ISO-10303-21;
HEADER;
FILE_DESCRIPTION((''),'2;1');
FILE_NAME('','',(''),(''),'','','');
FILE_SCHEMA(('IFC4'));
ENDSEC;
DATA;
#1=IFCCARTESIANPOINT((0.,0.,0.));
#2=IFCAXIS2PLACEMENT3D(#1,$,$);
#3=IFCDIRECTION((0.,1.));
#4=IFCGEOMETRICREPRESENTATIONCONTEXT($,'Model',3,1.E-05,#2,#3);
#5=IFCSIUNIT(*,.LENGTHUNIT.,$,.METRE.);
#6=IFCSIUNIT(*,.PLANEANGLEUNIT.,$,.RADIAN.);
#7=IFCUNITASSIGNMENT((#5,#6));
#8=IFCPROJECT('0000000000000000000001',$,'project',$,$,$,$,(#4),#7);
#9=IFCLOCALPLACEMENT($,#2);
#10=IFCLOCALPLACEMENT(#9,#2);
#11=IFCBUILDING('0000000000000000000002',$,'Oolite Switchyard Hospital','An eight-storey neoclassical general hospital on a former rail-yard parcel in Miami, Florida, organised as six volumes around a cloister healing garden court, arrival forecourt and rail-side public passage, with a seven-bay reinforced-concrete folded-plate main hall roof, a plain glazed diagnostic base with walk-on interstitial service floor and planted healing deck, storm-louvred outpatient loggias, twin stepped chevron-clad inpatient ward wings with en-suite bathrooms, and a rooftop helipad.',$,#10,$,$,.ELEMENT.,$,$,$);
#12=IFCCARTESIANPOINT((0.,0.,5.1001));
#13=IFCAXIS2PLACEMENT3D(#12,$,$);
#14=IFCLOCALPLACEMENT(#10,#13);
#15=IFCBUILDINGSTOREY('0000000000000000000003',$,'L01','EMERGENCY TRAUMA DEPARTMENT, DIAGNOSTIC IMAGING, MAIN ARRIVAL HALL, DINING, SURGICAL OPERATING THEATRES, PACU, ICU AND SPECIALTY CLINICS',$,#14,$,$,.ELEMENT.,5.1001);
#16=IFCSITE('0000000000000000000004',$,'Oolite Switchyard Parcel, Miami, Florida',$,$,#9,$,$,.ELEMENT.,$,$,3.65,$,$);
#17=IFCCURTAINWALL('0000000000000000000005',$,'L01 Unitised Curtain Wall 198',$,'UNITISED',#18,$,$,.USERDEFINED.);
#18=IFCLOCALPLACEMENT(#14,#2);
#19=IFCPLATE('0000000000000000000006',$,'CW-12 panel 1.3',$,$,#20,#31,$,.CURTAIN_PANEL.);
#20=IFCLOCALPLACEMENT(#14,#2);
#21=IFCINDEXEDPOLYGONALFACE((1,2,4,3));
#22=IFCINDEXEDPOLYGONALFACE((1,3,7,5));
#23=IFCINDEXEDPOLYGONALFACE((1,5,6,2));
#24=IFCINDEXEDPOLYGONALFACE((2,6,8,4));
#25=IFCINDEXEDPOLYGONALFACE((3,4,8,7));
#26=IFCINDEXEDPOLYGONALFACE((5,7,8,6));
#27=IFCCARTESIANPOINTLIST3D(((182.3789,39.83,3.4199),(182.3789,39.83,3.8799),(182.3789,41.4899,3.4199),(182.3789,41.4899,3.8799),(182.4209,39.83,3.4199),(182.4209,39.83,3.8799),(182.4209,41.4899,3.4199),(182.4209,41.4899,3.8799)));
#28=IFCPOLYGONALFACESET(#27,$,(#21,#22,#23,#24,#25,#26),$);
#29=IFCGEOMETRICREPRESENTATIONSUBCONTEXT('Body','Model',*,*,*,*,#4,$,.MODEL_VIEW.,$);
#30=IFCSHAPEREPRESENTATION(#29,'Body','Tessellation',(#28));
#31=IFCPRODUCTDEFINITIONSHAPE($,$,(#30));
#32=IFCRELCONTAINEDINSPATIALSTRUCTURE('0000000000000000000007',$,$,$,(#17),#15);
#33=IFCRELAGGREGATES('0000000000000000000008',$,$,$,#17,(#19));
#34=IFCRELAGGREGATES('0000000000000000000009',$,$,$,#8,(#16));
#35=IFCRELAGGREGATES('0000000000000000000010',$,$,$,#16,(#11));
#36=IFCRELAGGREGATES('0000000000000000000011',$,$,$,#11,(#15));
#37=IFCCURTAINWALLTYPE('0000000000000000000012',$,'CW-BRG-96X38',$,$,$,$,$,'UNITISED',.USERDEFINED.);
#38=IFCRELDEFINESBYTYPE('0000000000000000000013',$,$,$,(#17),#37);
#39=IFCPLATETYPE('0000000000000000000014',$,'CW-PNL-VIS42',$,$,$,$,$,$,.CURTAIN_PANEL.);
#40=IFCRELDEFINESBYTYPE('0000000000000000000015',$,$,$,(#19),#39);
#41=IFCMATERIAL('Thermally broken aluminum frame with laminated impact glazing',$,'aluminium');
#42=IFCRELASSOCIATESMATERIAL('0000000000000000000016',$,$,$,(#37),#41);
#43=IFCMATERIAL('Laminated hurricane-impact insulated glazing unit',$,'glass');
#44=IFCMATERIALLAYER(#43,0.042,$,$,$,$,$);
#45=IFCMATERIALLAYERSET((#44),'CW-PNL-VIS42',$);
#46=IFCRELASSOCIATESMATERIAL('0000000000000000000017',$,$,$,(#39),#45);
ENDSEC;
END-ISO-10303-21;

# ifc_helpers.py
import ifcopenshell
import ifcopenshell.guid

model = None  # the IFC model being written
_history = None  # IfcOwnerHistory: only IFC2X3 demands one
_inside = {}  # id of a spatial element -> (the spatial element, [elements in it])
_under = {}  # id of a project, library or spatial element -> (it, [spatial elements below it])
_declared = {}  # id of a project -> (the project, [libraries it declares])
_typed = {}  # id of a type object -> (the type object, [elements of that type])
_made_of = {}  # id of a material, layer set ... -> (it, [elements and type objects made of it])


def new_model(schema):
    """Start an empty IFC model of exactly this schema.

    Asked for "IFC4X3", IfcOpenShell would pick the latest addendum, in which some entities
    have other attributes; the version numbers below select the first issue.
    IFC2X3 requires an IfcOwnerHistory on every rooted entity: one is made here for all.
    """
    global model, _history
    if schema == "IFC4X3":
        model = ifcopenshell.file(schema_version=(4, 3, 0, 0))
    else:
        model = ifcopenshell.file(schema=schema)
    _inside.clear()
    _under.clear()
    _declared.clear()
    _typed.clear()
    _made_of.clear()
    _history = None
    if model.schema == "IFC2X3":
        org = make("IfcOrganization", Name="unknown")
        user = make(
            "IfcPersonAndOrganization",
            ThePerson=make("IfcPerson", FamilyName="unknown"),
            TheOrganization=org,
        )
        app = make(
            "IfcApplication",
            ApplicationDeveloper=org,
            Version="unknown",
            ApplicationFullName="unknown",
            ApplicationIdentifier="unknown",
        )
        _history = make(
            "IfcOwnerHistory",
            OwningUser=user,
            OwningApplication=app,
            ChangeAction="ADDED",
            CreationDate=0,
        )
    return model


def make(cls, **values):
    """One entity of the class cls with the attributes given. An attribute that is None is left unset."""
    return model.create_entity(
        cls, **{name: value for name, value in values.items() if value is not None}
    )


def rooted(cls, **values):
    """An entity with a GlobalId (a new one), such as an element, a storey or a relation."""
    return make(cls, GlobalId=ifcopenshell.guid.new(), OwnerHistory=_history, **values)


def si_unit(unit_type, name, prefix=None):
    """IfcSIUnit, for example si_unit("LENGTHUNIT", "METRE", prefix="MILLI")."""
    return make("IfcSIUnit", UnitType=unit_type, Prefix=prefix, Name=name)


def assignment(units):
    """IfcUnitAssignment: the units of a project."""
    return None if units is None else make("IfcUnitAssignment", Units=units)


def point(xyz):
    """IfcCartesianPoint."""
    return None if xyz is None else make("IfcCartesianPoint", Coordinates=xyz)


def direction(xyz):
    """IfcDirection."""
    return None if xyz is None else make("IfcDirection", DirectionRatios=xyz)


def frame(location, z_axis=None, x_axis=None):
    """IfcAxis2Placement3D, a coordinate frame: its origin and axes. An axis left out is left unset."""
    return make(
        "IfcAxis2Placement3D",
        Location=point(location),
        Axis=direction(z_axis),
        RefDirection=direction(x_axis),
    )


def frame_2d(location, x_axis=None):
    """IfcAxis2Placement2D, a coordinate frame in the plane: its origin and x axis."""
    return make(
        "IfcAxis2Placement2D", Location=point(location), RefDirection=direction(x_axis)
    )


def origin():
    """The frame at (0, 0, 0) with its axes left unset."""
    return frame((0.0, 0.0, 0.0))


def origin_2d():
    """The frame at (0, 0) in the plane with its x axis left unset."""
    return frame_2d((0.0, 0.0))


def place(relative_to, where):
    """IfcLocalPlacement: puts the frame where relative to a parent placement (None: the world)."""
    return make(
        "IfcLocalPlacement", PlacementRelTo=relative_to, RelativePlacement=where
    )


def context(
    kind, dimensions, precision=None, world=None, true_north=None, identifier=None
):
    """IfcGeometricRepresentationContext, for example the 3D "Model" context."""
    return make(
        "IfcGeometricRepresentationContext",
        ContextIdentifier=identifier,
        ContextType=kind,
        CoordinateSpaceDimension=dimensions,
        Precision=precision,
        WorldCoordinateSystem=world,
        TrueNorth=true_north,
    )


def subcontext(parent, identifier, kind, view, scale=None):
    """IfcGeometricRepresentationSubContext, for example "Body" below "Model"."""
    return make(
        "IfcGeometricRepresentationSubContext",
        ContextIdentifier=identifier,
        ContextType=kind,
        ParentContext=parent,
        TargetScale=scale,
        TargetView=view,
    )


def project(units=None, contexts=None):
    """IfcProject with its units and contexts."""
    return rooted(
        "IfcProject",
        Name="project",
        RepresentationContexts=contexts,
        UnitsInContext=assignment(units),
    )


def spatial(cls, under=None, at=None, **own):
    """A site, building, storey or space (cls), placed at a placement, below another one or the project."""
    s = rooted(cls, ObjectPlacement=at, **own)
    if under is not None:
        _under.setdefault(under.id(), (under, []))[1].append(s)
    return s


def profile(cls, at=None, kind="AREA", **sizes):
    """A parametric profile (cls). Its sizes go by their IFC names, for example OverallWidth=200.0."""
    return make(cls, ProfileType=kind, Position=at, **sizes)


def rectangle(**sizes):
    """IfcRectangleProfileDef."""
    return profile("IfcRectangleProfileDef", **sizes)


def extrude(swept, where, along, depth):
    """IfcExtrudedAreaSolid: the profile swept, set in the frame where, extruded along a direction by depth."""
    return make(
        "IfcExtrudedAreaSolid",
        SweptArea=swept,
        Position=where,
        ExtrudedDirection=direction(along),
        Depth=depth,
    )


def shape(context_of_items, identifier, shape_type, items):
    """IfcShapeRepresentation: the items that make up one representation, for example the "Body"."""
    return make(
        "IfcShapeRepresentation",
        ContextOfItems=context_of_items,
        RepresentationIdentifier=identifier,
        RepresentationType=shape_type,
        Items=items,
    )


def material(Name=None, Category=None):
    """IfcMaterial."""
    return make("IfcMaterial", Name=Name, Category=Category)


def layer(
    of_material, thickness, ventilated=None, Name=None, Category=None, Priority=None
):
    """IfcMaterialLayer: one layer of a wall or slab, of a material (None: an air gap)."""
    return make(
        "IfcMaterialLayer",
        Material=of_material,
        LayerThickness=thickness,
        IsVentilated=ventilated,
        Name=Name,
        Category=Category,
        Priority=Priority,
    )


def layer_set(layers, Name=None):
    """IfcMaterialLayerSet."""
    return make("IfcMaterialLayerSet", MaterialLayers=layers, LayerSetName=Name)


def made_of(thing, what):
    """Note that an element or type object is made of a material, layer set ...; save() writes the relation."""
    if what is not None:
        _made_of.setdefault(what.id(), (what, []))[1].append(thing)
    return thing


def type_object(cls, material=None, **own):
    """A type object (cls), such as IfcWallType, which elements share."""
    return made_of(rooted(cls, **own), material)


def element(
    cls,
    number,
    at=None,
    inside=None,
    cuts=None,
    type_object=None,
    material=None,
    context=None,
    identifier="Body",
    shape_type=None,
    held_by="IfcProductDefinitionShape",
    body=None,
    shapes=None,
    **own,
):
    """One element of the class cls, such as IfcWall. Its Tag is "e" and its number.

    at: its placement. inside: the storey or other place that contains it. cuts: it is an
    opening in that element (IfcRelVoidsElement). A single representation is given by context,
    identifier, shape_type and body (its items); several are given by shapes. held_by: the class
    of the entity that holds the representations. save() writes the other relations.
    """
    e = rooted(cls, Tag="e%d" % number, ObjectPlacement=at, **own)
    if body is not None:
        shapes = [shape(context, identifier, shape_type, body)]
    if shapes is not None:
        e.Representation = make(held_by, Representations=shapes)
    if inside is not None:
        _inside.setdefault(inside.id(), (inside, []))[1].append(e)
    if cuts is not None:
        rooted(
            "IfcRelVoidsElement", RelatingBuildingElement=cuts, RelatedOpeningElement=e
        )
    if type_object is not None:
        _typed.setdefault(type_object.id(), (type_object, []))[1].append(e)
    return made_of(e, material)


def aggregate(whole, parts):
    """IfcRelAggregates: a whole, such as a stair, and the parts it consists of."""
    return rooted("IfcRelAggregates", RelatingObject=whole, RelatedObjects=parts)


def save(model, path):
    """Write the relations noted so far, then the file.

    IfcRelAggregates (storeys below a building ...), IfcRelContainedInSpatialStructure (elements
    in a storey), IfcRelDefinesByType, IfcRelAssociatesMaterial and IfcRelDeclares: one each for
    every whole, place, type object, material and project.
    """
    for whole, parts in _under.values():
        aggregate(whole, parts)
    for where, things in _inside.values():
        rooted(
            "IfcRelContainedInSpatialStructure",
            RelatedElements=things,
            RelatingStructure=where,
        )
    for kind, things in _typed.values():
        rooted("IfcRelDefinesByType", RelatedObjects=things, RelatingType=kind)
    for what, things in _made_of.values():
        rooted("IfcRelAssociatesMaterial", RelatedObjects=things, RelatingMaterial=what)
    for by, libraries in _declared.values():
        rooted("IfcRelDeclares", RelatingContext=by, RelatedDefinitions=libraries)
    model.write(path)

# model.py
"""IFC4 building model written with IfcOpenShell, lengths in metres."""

from ifc_helpers import new_model, si_unit, direction, frame, origin, origin_2d, place, context, subcontext, project, spatial, rectangle, extrude, material, layer, layer_set, type_object, element, aggregate, save


model = new_model("IFC4")

# Units and contexts
model_context = context("Model", 3, precision=1e-05, world=origin(), true_north=direction((0.0, 1.0)))
body_context = subcontext(model_context, "Body", "Model", "MODEL_VIEW")
ifc_project = project(units=[si_unit("LENGTHUNIT", "METRE"), si_unit("PLANEANGLEUNIT", "RADIAN")], contexts=[model_context])

# Site, building, storey
site_placement = place(None, origin())
site = spatial("IfcSite", under=ifc_project, at=site_placement, Name="Oolite Switchyard Parcel, Miami, Florida", CompositionType="ELEMENT", RefElevation=3.65)
building_placement = place(site_placement, origin())
building = spatial("IfcBuilding", under=site, at=building_placement, Name="Oolite Switchyard Hospital", Description="An eight-storey neoclassical general hospital on a former rail-yard parcel in Miami, Florida, organised as six volumes around a cloister healing garden court, arrival forecourt and rail-side public passage, with a seven-bay reinforced-concrete folded-plate main hall roof, a plain glazed diagnostic base with walk-on interstitial service floor and planted healing deck, storm-louvred outpatient loggias, twin stepped chevron-clad inpatient ward wings with en-suite bathrooms, and a rooftop helipad.", CompositionType="ELEMENT")
storey_placement = place(building_placement, frame((0.0, 0.0, 5.1001)))
storey = spatial("IfcBuildingStorey", under=building, at=storey_placement, Name="L01", Description="EMERGENCY TRAUMA DEPARTMENT, DIAGNOSTIC IMAGING, MAIN ARRIVAL HALL, DINING, SURGICAL OPERATING THEATRES, PACU, ICU AND SPECIALTY CLINICS", CompositionType="ELEMENT", Elevation=5.1001)

# Curtain wall
ifc_material_1 = material(Name="Thermally broken aluminum frame with laminated impact glazing", Category="aluminium")
curtain_wall_type = type_object("IfcCurtainWallType", Name="CW-BRG-96X38", ElementType="UNITISED", PredefinedType="USERDEFINED", material=ifc_material_1)
curtain_wall_1_placement = place(storey_placement, origin())
curtain_wall_1 = element("IfcCurtainWall", 1, at=curtain_wall_1_placement, inside=storey, type_object=curtain_wall_type, Name="L01 Unitised Curtain Wall 198", ObjectType="UNITISED", PredefinedType="USERDEFINED")

# Plate
ifc_material_2 = material(Name="Laminated hurricane-impact insulated glazing unit", Category="glass")
ifc_layer_1 = layer(ifc_material_2, 0.042)
ifc_layer_set_1 = layer_set([ifc_layer_1], Name="CW-PNL-VIS42")
plate_type_1 = type_object("IfcPlateType", Name="CW-PNL-VIS42", PredefinedType="CURTAIN_PANEL", material=ifc_layer_set_1)
plate_1_placement = place(storey_placement, frame((182.3999, 40.6599, 3.4199), z_axis=(0.0, 0.0, 1.0), x_axis=(0.0, 1.0, 0.0)))
plate_1 = element("IfcPlate", 2, at=plate_1_placement, type_object=plate_type_1, Name="CW-12 panel 1.3", PredefinedType="CURTAIN_PANEL", context=body_context, shape_type="SweptSolid", body=[
    extrude(rectangle(XDim=1.6599, YDim=0.042, at=origin_2d()), origin(), (0.0, 0.0, 1.0), 0.46),
])
aggregate(curtain_wall_1, [plate_1])

save(model, "model.ifc")
